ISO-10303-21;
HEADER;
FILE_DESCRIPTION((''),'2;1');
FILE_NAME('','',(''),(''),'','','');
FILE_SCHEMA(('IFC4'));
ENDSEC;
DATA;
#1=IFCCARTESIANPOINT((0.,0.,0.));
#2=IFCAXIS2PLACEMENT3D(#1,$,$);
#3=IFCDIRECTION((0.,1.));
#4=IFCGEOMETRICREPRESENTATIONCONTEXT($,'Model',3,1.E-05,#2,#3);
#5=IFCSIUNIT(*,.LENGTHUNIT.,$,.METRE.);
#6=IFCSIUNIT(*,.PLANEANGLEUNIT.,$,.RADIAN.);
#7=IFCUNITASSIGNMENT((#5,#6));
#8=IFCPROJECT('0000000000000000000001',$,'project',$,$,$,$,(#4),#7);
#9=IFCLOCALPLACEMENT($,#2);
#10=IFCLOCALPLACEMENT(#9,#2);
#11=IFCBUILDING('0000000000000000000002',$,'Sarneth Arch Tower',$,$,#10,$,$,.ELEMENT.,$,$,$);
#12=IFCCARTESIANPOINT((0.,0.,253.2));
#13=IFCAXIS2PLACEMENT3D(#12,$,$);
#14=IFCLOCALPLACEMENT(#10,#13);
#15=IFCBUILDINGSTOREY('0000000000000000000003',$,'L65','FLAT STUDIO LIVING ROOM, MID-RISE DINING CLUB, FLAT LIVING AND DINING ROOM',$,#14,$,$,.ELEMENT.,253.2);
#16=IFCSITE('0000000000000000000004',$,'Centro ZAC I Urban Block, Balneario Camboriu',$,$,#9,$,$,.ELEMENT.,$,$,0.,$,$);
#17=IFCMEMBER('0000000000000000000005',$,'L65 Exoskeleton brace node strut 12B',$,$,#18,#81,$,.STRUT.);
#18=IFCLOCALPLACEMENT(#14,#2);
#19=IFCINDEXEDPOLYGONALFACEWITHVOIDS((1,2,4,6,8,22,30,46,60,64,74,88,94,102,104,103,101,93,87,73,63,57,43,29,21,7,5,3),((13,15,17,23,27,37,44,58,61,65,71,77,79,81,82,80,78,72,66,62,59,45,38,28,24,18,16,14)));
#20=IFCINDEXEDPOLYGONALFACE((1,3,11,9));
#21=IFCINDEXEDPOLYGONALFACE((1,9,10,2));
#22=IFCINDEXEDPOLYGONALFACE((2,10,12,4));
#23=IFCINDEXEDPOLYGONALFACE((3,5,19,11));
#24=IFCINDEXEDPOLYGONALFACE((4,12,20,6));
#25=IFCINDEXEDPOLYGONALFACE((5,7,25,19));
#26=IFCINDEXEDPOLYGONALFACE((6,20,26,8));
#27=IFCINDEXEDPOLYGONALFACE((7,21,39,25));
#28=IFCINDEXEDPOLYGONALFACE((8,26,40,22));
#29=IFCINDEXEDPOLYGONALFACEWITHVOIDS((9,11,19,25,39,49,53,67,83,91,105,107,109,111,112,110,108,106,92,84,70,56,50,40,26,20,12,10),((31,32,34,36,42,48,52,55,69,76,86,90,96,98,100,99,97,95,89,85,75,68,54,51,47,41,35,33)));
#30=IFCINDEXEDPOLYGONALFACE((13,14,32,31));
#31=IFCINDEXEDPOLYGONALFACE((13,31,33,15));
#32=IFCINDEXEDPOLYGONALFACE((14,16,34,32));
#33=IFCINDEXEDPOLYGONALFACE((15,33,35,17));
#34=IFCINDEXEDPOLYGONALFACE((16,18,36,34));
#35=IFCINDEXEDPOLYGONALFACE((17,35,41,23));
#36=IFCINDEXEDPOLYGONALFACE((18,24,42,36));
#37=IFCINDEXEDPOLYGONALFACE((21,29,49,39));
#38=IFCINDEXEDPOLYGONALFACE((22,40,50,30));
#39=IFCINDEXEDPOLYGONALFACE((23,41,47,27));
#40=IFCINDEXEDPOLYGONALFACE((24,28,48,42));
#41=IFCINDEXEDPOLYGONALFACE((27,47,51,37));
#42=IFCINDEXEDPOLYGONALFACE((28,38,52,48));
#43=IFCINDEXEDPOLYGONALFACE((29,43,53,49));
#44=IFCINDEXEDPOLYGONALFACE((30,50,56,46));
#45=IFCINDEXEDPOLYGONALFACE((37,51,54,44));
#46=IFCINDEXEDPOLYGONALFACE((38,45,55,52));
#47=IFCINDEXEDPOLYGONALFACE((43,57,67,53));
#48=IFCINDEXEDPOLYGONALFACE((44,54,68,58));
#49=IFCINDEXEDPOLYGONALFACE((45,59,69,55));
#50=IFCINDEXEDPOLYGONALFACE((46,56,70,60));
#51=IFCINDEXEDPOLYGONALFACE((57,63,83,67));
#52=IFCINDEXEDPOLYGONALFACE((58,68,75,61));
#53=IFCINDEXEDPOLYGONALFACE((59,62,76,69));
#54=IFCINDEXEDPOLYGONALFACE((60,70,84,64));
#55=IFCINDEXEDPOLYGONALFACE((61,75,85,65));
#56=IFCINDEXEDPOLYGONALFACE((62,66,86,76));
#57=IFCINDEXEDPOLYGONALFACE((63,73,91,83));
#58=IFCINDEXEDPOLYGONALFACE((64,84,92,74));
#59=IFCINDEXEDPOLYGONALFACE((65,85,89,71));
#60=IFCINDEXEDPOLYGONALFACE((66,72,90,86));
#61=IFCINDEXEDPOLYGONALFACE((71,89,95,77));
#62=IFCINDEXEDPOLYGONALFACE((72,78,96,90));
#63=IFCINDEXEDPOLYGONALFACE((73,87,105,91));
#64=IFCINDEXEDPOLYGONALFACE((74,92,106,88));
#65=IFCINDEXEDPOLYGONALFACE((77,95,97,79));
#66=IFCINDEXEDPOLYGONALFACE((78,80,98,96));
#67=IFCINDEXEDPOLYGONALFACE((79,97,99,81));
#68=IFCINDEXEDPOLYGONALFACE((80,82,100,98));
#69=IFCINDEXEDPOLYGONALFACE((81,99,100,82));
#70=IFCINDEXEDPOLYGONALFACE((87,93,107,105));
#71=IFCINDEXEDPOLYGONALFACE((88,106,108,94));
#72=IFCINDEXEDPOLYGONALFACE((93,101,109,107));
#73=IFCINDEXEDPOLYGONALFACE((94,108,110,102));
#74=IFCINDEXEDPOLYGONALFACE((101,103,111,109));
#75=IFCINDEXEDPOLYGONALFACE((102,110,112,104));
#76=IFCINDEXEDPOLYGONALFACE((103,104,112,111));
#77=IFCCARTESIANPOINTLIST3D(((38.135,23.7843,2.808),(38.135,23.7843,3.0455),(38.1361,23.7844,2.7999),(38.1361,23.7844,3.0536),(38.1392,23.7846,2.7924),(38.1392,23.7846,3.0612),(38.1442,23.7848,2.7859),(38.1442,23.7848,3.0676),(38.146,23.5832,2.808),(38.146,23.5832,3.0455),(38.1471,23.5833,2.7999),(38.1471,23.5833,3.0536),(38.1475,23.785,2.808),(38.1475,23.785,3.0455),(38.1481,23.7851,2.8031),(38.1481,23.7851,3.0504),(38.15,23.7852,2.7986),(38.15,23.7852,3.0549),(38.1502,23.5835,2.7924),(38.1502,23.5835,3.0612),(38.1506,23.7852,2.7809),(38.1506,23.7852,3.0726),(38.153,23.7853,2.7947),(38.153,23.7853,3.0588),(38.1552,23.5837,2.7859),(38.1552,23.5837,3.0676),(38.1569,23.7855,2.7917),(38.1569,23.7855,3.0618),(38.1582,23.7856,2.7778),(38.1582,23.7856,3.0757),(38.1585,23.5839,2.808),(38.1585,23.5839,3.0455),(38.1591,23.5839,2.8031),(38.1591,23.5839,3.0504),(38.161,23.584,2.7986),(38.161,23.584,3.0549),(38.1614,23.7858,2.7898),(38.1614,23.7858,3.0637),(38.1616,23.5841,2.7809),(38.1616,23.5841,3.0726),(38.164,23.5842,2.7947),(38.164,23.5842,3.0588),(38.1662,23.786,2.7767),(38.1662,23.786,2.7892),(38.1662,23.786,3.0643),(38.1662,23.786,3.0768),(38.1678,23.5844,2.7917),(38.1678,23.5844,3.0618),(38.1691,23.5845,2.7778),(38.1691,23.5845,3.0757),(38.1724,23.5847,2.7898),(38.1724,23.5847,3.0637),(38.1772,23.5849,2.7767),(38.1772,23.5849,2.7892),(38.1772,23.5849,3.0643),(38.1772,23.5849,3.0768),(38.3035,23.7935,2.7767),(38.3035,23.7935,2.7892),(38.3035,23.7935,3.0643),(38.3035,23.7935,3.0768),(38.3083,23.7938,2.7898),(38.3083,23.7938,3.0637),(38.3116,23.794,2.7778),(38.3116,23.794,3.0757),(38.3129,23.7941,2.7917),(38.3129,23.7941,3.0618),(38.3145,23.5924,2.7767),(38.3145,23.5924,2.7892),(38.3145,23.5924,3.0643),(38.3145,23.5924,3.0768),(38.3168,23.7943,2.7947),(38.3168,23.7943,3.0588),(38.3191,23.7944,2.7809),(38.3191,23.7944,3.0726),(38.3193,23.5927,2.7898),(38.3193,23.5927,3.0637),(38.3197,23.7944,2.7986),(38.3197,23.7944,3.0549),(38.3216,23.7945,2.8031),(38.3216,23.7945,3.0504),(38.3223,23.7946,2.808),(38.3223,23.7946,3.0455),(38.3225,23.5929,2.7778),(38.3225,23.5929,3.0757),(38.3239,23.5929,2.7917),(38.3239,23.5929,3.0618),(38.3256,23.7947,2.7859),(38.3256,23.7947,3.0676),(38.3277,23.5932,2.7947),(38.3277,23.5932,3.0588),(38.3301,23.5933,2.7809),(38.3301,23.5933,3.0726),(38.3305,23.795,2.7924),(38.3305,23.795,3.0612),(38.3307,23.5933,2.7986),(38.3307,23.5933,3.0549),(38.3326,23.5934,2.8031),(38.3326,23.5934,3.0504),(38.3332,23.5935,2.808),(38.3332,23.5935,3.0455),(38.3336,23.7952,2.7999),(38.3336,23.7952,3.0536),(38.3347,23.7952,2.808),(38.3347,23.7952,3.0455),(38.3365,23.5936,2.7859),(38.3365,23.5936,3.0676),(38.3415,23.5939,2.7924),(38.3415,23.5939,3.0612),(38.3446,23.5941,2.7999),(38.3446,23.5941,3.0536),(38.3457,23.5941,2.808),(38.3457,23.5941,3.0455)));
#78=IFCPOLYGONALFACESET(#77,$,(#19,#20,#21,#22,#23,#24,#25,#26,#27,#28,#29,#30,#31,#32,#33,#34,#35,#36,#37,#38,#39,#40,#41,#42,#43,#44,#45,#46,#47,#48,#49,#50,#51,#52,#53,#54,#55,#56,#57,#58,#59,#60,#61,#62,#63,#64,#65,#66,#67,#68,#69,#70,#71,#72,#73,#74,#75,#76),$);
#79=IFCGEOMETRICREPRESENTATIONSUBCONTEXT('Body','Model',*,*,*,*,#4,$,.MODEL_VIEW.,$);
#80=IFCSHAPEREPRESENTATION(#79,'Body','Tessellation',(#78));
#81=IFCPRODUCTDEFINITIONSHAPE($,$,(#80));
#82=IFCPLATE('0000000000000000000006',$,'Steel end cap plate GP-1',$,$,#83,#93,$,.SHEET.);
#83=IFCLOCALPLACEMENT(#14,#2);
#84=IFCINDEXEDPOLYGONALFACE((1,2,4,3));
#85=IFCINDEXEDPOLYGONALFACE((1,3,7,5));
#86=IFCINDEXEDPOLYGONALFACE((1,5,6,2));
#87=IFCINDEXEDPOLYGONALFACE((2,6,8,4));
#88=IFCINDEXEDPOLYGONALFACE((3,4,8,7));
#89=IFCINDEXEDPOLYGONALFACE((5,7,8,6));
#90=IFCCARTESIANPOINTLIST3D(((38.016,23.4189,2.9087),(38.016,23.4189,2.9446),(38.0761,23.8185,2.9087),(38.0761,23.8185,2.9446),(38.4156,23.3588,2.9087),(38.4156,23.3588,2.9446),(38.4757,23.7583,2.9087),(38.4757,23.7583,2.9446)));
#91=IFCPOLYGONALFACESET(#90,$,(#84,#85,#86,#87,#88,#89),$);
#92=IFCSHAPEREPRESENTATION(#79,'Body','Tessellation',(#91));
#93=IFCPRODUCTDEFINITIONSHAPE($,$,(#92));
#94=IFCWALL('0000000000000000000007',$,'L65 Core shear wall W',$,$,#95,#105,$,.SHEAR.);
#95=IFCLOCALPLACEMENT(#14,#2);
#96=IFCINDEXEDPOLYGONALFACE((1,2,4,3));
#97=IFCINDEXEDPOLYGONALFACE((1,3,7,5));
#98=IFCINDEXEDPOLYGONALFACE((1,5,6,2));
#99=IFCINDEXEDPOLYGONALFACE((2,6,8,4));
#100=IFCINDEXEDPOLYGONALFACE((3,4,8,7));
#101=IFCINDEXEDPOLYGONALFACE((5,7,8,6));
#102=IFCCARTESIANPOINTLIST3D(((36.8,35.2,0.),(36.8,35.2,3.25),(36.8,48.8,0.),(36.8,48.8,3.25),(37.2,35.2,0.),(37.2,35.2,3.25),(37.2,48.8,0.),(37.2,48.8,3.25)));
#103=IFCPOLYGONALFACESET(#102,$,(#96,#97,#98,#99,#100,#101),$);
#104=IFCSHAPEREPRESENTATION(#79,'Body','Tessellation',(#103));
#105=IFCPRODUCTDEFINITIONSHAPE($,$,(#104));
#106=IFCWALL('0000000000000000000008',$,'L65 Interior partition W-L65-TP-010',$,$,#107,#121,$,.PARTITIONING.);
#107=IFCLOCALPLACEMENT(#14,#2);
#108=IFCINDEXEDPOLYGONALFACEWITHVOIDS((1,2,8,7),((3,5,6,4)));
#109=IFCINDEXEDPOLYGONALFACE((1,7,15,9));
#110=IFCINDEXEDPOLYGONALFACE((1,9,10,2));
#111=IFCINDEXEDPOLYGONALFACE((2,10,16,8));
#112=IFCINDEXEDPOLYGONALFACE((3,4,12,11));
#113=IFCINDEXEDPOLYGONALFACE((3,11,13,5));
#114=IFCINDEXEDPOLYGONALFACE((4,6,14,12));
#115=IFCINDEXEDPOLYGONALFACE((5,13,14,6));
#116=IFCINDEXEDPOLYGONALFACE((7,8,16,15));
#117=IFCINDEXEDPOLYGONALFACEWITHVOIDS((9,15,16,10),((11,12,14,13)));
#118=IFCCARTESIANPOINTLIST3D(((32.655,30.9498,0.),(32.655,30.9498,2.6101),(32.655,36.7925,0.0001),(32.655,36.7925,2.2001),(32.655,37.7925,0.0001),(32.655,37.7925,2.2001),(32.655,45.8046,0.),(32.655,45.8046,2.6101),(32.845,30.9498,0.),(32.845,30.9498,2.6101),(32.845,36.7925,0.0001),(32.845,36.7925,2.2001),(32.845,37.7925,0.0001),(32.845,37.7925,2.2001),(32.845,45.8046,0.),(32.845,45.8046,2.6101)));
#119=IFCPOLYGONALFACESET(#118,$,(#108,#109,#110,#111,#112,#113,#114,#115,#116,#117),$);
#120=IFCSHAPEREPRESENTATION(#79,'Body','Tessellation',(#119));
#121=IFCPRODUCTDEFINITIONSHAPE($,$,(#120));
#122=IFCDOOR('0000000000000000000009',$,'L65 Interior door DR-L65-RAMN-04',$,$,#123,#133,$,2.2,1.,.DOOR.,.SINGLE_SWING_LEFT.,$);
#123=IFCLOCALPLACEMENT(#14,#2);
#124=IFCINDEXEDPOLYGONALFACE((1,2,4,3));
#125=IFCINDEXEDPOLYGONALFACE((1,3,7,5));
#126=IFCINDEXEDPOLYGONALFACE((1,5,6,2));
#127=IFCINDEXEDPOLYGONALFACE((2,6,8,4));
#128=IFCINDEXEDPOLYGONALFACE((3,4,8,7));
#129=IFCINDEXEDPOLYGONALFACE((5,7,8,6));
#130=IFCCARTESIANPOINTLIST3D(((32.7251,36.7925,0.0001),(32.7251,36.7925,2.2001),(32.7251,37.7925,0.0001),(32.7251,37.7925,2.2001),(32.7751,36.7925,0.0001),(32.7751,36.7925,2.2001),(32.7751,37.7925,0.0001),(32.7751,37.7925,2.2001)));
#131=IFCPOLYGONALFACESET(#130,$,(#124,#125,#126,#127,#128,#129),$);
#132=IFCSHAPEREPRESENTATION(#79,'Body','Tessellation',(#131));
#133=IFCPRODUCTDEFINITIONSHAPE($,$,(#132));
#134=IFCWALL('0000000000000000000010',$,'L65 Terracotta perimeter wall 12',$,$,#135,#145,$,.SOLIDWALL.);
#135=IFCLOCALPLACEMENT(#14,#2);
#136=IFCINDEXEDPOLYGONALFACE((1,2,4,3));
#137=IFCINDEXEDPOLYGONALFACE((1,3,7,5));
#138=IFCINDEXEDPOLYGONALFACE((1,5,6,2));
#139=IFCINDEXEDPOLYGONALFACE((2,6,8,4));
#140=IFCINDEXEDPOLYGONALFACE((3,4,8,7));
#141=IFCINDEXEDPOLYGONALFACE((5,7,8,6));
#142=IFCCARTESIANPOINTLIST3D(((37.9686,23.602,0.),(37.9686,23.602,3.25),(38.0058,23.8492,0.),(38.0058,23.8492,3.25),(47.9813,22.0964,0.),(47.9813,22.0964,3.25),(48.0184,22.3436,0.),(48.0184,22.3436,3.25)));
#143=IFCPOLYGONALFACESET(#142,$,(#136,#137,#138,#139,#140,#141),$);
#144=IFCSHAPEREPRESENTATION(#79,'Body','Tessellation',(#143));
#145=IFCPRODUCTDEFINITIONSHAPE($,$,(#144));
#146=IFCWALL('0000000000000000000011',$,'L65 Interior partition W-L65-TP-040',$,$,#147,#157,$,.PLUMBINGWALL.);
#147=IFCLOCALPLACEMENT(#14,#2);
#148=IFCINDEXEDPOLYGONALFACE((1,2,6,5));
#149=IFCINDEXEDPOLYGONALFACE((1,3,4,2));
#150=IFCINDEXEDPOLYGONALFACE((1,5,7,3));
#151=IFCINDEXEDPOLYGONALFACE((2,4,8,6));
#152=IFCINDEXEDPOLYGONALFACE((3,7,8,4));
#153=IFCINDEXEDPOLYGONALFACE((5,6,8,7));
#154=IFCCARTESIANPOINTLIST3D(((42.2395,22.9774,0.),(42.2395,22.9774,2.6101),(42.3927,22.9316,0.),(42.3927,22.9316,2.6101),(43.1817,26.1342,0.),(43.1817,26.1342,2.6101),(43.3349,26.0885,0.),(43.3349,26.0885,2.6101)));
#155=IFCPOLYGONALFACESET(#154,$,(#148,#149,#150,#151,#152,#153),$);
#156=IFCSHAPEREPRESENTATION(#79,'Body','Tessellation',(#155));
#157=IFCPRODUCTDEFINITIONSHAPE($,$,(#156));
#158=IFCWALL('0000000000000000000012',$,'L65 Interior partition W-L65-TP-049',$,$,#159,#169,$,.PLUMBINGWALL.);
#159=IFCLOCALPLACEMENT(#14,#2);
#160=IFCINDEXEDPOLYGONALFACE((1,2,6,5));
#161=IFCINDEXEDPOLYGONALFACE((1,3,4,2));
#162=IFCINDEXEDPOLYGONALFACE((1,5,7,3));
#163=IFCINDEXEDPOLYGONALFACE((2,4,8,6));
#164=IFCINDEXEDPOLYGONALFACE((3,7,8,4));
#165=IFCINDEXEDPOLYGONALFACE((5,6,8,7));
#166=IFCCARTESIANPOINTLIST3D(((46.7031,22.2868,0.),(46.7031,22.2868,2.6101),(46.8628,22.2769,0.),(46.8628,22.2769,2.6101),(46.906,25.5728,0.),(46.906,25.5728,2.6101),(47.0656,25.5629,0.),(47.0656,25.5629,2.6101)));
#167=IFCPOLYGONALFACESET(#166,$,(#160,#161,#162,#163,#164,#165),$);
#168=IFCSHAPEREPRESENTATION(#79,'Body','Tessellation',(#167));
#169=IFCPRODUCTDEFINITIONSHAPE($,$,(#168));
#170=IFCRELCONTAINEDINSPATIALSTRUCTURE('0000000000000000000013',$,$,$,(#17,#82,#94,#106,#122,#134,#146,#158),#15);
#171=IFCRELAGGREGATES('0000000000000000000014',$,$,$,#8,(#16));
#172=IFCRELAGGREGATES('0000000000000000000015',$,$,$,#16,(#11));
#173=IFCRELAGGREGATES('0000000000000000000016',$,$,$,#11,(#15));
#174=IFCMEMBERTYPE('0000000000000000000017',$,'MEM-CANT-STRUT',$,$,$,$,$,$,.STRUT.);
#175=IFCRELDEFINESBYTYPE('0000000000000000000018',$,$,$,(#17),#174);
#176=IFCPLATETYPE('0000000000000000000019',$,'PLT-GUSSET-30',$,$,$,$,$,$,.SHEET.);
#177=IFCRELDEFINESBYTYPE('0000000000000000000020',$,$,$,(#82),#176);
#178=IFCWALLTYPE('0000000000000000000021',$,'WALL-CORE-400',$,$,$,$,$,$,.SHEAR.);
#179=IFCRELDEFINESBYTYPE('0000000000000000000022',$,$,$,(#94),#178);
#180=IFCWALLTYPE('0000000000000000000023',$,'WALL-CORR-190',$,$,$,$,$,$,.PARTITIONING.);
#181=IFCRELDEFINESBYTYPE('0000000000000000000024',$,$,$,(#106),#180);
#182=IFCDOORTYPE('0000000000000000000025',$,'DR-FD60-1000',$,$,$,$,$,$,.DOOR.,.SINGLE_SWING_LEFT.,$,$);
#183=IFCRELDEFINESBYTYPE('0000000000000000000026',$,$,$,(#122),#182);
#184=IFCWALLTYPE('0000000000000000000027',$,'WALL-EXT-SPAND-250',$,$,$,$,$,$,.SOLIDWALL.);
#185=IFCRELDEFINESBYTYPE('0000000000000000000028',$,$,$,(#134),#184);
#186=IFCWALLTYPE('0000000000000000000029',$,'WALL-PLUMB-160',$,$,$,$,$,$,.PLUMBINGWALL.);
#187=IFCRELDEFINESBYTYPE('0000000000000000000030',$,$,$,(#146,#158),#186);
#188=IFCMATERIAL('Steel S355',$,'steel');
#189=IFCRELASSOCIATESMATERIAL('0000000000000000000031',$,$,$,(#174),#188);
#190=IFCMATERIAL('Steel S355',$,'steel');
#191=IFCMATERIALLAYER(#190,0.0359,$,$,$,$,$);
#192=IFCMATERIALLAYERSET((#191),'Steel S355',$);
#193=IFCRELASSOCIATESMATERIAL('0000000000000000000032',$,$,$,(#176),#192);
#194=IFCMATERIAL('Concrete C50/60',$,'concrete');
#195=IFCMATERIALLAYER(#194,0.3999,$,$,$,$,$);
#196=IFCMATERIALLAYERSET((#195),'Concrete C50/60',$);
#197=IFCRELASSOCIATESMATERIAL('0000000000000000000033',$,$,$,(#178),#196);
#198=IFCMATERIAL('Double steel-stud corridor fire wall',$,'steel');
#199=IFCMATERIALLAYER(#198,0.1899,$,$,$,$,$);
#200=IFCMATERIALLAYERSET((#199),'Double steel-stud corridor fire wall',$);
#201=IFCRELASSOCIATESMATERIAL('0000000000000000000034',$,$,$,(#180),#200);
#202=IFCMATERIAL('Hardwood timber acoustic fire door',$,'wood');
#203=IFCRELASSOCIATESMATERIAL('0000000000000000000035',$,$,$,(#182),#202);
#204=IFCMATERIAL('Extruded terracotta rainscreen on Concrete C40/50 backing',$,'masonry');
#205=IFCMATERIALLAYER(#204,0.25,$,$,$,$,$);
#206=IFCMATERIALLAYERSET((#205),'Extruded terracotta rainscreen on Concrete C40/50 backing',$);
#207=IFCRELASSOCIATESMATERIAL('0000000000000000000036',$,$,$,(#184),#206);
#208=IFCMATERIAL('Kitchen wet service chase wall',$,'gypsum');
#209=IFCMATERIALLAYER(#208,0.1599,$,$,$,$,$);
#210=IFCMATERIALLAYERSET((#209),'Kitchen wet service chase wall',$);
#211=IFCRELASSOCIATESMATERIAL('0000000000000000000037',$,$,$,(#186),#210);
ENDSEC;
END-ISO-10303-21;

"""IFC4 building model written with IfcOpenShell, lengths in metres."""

from ifc_helpers import new_model, si_unit, direction, frame, frame_2d, origin, origin_2d, place, context, subcontext, project, spatial, rectangle, hollow_rectangle, extrude, material, layer, layer_set, material_profile, profile_set, type_object, element, fill, save


model = new_model("IFC4")

# Units and contexts
model_context = context("Model", 3, precision=1e-05, world=origin(), true_north=direction((0.0, 1.0)))
body_context = subcontext(model_context, "Body", "Model", "MODEL_VIEW")
ifc_project = project(units=[si_unit("LENGTHUNIT", "METRE"), si_unit("PLANEANGLEUNIT", "RADIAN")], contexts=[model_context])

# Site, building, storey
site_placement = place(None, origin())
site = spatial("IfcSite", under=ifc_project, at=site_placement, Name="Centro ZAC I Urban Block, Balneario Camboriu", CompositionType="ELEMENT", RefElevation=0.0)
building_placement = place(site_placement, origin())
building = spatial("IfcBuilding", under=site, at=building_placement, Name="Sarneth Arch Tower", CompositionType="ELEMENT")
storey_placement = place(building_placement, frame((0.0, 0.0, 253.2)))
storey = spatial("IfcBuildingStorey", under=building, at=storey_placement, Name="L65", Description="FLAT STUDIO LIVING ROOM, MID-RISE DINING CLUB, FLAT LIVING AND DINING ROOM", CompositionType="ELEMENT", Elevation=253.2)

# Member
ifc_material_1 = material(Name="Steel S355", Category="steel")
ifc_material_profile_1 = material_profile(ifc_material_1, hollow_rectangle(XDim=0.2, YDim=0.3, WallThickness=0.0125, InnerFilletRadius=0.0188, OuterFilletRadius=0.0312, at=origin_2d()), Name="RHS300x200x12.5")
ifc_profile_set_1 = profile_set([ifc_material_profile_1], Name="Steel S355")
member_type = type_object("IfcMemberType", Name="MEM-CANT-STRUT", PredefinedType="STRUT", material=ifc_profile_set_1)
member_placement = place(storey_placement, frame((38.2349, 23.7898, 2.9268), z_axis=(0.05453, -0.998512, 0.0), x_axis=(0.998512, 0.05453, 0.0)))
element("IfcMember", 1, at=member_placement, inside=storey, type_object=member_type, Name="L65 Exoskeleton brace node strut 12B", PredefinedType="STRUT", context=body_context, shape_type="SweptSolid", body=[
    extrude(hollow_rectangle(XDim=0.2, YDim=0.3, WallThickness=0.0125, InnerFilletRadius=0.0188, OuterFilletRadius=0.0312, at=origin_2d()), origin(), (0.0, 0.0, 1.0), 0.2014),
])

# Plate
ifc_material_2 = material(Name="Steel S355", Category="steel")
ifc_layer_1 = layer(ifc_material_2, 0.0359)
ifc_layer_set_1 = layer_set([ifc_layer_1], Name="Steel S355")
plate_type = type_object("IfcPlateType", Name="PLT-GUSSET-30", PredefinedType="SHEET", material=ifc_layer_set_1)
plate_placement = place(storey_placement, frame((38.2458, 23.5886, 2.9087), z_axis=(0.0, 0.0, 1.0), x_axis=(0.988861, -0.148845, 0.0)))
element("IfcPlate", 2, at=plate_placement, inside=storey, type_object=plate_type, Name="Steel end cap plate GP-1", PredefinedType="SHEET", context=body_context, shape_type="SweptSolid", body=[
    extrude(rectangle(XDim=0.4041, YDim=0.4041, at=origin_2d()), origin(), (0.0, 0.0, 1.0), 0.0359),
])

# Shared definitions
ifc_material_3 = material(Name="Concrete C50/60", Category="concrete")
ifc_layer_2 = layer(ifc_material_3, 0.3999)
ifc_layer_set_2 = layer_set([ifc_layer_2], Name="Concrete C50/60")
wall_type_1 = type_object("IfcWallType", Name="WALL-CORE-400", PredefinedType="SHEAR", material=ifc_layer_set_2)

# Wall
wall_1_placement = place(storey_placement, frame((37.0, 35.2, 0.0), z_axis=(0.0, 0.0, 1.0), x_axis=(0.0, 1.0, 0.0)))
element("IfcWall", 3, at=wall_1_placement, inside=storey, type_object=wall_type_1, Name="L65 Core shear wall W", PredefinedType="SHEAR", context=body_context, shape_type="SweptSolid", body=[
    extrude(rectangle(XDim=13.6001, YDim=0.3999, at=frame_2d((6.8, 0.0))), origin(), (0.0, 0.0, 1.0), 3.25),
])

# Wall, opening, door
ifc_material_4 = material(Name="Double steel-stud corridor fire wall", Category="steel")
ifc_layer_3 = layer(ifc_material_4, 0.1899)
ifc_layer_set_3 = layer_set([ifc_layer_3], Name="Double steel-stud corridor fire wall")
wall_type_2 = type_object("IfcWallType", Name="WALL-CORR-190", PredefinedType="PARTITIONING", material=ifc_layer_set_3)
wall_2_placement = place(storey_placement, frame((32.75, 30.95, 0.0), z_axis=(0.0, 0.0, 1.0), x_axis=(0.0, 1.0, 0.0)))
wall_2 = element("IfcWall", 4, at=wall_2_placement, inside=storey, type_object=wall_type_2, Name="L65 Interior partition W-L65-TP-010", PredefinedType="PARTITIONING", context=body_context, shape_type="SweptSolid", body=[
    extrude(rectangle(XDim=14.8547, YDim=0.1899, at=frame_2d((7.4272, 0.0))), origin(), (0.0, 0.0, 1.0), 2.6101),
])
opening_1_placement = place(wall_2_placement, frame((5.8425, 0.0, 0.0)))
opening_1 = element("IfcOpeningElement", 5, at=opening_1_placement, cuts=wall_2, PredefinedType="OPENING", context=body_context, shape_type="SweptSolid", body=[
    extrude(rectangle(XDim=1.0, YDim=2.2, at=frame_2d((0.5, 1.1001))), frame((0.0, 0.105, 0.0), z_axis=(0.0, -1.0, 0.0), x_axis=(1.0, 0.0, 0.0)), (0.0, 0.0, 1.0), 0.21),
])
ifc_material_5 = material(Name="Hardwood timber acoustic fire door", Category="wood")
door_type_1 = type_object("IfcDoorType", Name="DR-FD60-1000", OperationType="SINGLE_SWING_LEFT", PredefinedType="DOOR", material=ifc_material_5)
door_1_placement = place(opening_1_placement, origin())
door_1 = element("IfcDoor", 6, at=door_1_placement, inside=storey, type_object=door_type_1, Name="L65 Interior door DR-L65-RAMN-04", OperationType="SINGLE_SWING_LEFT", OverallHeight=2.2, OverallWidth=1.0, PredefinedType="DOOR", context=body_context, shape_type="SweptSolid", body=[
    extrude(rectangle(XDim=1.0, YDim=2.2, at=frame_2d((0.5, 1.1001))), frame((0.0, 0.0249, 0.0), z_axis=(0.0, -1.0, 0.0), x_axis=(1.0, 0.0, 0.0)), (0.0, 0.0, 1.0), 0.05),
])
fill(opening_1, door_1)

# Walls
ifc_material_6 = material(Name="Extruded terracotta rainscreen on Concrete C40/50 backing", Category="masonry")
ifc_layer_4 = layer(ifc_material_6, 0.25)
ifc_layer_set_4 = layer_set([ifc_layer_4], Name="Extruded terracotta rainscreen on Concrete C40/50 backing")
wall_type_3 = type_object("IfcWallType", Name="WALL-EXT-SPAND-250", PredefinedType="SOLIDWALL", material=ifc_layer_set_4)
wall_3_placement = place(storey_placement, frame((37.9873, 23.7256, 0.0), z_axis=(0.0, 0.0, 1.0), x_axis=(0.988883, -0.148699, 0.0)))
element("IfcWall", 7, at=wall_3_placement, inside=storey, type_object=wall_type_3, Name="L65 Terracotta perimeter wall 12", PredefinedType="SOLIDWALL", context=body_context, shape_type="SweptSolid", body=[
    extrude(rectangle(XDim=10.1252, YDim=0.25, at=frame_2d((5.0625, 0.0))), origin(), (0.0, 0.0, 1.0), 3.25),
])
ifc_material_7 = material(Name="Kitchen wet service chase wall", Category="gypsum")
ifc_layer_5 = layer(ifc_material_7, 0.1599)
ifc_layer_set_5 = layer_set([ifc_layer_5], Name="Kitchen wet service chase wall")
wall_type_4 = type_object("IfcWallType", Name="WALL-PLUMB-160", PredefinedType="PLUMBINGWALL", material=ifc_layer_set_5)
wall_4_placement = place(storey_placement, frame((43.2583, 26.1113, 0.0), z_axis=(0.0, 0.0, 1.0), x_axis=(-0.285988, -0.958233, 0.0)))
element("IfcWall", 8, at=wall_4_placement, inside=storey, type_object=wall_type_4, Name="L65 Interior partition W-L65-TP-040", PredefinedType="PLUMBINGWALL", context=body_context, shape_type="SweptSolid", body=[
    extrude(rectangle(XDim=3.2944, YDim=0.1599, at=frame_2d((1.6472, 0.0))), origin(), (0.0, 0.0, 1.0), 2.6101),
])
wall_5_placement = place(storey_placement, frame((46.783, 22.282, 0.0), z_axis=(0.0, 0.0, 1.0), x_axis=(0.061626, 0.998099, 0.0)))
element("IfcWall", 9, at=wall_5_placement, inside=storey, type_object=wall_type_4, Name="L65 Interior partition W-L65-TP-049", PredefinedType="PLUMBINGWALL", context=body_context, shape_type="SweptSolid", body=[
    extrude(rectangle(XDim=3.2922, YDim=0.1599, at=frame_2d((1.646, 0.0))), origin(), (0.0, 0.0, 1.0), 2.6101),
])

save(model, "model.ifc")
